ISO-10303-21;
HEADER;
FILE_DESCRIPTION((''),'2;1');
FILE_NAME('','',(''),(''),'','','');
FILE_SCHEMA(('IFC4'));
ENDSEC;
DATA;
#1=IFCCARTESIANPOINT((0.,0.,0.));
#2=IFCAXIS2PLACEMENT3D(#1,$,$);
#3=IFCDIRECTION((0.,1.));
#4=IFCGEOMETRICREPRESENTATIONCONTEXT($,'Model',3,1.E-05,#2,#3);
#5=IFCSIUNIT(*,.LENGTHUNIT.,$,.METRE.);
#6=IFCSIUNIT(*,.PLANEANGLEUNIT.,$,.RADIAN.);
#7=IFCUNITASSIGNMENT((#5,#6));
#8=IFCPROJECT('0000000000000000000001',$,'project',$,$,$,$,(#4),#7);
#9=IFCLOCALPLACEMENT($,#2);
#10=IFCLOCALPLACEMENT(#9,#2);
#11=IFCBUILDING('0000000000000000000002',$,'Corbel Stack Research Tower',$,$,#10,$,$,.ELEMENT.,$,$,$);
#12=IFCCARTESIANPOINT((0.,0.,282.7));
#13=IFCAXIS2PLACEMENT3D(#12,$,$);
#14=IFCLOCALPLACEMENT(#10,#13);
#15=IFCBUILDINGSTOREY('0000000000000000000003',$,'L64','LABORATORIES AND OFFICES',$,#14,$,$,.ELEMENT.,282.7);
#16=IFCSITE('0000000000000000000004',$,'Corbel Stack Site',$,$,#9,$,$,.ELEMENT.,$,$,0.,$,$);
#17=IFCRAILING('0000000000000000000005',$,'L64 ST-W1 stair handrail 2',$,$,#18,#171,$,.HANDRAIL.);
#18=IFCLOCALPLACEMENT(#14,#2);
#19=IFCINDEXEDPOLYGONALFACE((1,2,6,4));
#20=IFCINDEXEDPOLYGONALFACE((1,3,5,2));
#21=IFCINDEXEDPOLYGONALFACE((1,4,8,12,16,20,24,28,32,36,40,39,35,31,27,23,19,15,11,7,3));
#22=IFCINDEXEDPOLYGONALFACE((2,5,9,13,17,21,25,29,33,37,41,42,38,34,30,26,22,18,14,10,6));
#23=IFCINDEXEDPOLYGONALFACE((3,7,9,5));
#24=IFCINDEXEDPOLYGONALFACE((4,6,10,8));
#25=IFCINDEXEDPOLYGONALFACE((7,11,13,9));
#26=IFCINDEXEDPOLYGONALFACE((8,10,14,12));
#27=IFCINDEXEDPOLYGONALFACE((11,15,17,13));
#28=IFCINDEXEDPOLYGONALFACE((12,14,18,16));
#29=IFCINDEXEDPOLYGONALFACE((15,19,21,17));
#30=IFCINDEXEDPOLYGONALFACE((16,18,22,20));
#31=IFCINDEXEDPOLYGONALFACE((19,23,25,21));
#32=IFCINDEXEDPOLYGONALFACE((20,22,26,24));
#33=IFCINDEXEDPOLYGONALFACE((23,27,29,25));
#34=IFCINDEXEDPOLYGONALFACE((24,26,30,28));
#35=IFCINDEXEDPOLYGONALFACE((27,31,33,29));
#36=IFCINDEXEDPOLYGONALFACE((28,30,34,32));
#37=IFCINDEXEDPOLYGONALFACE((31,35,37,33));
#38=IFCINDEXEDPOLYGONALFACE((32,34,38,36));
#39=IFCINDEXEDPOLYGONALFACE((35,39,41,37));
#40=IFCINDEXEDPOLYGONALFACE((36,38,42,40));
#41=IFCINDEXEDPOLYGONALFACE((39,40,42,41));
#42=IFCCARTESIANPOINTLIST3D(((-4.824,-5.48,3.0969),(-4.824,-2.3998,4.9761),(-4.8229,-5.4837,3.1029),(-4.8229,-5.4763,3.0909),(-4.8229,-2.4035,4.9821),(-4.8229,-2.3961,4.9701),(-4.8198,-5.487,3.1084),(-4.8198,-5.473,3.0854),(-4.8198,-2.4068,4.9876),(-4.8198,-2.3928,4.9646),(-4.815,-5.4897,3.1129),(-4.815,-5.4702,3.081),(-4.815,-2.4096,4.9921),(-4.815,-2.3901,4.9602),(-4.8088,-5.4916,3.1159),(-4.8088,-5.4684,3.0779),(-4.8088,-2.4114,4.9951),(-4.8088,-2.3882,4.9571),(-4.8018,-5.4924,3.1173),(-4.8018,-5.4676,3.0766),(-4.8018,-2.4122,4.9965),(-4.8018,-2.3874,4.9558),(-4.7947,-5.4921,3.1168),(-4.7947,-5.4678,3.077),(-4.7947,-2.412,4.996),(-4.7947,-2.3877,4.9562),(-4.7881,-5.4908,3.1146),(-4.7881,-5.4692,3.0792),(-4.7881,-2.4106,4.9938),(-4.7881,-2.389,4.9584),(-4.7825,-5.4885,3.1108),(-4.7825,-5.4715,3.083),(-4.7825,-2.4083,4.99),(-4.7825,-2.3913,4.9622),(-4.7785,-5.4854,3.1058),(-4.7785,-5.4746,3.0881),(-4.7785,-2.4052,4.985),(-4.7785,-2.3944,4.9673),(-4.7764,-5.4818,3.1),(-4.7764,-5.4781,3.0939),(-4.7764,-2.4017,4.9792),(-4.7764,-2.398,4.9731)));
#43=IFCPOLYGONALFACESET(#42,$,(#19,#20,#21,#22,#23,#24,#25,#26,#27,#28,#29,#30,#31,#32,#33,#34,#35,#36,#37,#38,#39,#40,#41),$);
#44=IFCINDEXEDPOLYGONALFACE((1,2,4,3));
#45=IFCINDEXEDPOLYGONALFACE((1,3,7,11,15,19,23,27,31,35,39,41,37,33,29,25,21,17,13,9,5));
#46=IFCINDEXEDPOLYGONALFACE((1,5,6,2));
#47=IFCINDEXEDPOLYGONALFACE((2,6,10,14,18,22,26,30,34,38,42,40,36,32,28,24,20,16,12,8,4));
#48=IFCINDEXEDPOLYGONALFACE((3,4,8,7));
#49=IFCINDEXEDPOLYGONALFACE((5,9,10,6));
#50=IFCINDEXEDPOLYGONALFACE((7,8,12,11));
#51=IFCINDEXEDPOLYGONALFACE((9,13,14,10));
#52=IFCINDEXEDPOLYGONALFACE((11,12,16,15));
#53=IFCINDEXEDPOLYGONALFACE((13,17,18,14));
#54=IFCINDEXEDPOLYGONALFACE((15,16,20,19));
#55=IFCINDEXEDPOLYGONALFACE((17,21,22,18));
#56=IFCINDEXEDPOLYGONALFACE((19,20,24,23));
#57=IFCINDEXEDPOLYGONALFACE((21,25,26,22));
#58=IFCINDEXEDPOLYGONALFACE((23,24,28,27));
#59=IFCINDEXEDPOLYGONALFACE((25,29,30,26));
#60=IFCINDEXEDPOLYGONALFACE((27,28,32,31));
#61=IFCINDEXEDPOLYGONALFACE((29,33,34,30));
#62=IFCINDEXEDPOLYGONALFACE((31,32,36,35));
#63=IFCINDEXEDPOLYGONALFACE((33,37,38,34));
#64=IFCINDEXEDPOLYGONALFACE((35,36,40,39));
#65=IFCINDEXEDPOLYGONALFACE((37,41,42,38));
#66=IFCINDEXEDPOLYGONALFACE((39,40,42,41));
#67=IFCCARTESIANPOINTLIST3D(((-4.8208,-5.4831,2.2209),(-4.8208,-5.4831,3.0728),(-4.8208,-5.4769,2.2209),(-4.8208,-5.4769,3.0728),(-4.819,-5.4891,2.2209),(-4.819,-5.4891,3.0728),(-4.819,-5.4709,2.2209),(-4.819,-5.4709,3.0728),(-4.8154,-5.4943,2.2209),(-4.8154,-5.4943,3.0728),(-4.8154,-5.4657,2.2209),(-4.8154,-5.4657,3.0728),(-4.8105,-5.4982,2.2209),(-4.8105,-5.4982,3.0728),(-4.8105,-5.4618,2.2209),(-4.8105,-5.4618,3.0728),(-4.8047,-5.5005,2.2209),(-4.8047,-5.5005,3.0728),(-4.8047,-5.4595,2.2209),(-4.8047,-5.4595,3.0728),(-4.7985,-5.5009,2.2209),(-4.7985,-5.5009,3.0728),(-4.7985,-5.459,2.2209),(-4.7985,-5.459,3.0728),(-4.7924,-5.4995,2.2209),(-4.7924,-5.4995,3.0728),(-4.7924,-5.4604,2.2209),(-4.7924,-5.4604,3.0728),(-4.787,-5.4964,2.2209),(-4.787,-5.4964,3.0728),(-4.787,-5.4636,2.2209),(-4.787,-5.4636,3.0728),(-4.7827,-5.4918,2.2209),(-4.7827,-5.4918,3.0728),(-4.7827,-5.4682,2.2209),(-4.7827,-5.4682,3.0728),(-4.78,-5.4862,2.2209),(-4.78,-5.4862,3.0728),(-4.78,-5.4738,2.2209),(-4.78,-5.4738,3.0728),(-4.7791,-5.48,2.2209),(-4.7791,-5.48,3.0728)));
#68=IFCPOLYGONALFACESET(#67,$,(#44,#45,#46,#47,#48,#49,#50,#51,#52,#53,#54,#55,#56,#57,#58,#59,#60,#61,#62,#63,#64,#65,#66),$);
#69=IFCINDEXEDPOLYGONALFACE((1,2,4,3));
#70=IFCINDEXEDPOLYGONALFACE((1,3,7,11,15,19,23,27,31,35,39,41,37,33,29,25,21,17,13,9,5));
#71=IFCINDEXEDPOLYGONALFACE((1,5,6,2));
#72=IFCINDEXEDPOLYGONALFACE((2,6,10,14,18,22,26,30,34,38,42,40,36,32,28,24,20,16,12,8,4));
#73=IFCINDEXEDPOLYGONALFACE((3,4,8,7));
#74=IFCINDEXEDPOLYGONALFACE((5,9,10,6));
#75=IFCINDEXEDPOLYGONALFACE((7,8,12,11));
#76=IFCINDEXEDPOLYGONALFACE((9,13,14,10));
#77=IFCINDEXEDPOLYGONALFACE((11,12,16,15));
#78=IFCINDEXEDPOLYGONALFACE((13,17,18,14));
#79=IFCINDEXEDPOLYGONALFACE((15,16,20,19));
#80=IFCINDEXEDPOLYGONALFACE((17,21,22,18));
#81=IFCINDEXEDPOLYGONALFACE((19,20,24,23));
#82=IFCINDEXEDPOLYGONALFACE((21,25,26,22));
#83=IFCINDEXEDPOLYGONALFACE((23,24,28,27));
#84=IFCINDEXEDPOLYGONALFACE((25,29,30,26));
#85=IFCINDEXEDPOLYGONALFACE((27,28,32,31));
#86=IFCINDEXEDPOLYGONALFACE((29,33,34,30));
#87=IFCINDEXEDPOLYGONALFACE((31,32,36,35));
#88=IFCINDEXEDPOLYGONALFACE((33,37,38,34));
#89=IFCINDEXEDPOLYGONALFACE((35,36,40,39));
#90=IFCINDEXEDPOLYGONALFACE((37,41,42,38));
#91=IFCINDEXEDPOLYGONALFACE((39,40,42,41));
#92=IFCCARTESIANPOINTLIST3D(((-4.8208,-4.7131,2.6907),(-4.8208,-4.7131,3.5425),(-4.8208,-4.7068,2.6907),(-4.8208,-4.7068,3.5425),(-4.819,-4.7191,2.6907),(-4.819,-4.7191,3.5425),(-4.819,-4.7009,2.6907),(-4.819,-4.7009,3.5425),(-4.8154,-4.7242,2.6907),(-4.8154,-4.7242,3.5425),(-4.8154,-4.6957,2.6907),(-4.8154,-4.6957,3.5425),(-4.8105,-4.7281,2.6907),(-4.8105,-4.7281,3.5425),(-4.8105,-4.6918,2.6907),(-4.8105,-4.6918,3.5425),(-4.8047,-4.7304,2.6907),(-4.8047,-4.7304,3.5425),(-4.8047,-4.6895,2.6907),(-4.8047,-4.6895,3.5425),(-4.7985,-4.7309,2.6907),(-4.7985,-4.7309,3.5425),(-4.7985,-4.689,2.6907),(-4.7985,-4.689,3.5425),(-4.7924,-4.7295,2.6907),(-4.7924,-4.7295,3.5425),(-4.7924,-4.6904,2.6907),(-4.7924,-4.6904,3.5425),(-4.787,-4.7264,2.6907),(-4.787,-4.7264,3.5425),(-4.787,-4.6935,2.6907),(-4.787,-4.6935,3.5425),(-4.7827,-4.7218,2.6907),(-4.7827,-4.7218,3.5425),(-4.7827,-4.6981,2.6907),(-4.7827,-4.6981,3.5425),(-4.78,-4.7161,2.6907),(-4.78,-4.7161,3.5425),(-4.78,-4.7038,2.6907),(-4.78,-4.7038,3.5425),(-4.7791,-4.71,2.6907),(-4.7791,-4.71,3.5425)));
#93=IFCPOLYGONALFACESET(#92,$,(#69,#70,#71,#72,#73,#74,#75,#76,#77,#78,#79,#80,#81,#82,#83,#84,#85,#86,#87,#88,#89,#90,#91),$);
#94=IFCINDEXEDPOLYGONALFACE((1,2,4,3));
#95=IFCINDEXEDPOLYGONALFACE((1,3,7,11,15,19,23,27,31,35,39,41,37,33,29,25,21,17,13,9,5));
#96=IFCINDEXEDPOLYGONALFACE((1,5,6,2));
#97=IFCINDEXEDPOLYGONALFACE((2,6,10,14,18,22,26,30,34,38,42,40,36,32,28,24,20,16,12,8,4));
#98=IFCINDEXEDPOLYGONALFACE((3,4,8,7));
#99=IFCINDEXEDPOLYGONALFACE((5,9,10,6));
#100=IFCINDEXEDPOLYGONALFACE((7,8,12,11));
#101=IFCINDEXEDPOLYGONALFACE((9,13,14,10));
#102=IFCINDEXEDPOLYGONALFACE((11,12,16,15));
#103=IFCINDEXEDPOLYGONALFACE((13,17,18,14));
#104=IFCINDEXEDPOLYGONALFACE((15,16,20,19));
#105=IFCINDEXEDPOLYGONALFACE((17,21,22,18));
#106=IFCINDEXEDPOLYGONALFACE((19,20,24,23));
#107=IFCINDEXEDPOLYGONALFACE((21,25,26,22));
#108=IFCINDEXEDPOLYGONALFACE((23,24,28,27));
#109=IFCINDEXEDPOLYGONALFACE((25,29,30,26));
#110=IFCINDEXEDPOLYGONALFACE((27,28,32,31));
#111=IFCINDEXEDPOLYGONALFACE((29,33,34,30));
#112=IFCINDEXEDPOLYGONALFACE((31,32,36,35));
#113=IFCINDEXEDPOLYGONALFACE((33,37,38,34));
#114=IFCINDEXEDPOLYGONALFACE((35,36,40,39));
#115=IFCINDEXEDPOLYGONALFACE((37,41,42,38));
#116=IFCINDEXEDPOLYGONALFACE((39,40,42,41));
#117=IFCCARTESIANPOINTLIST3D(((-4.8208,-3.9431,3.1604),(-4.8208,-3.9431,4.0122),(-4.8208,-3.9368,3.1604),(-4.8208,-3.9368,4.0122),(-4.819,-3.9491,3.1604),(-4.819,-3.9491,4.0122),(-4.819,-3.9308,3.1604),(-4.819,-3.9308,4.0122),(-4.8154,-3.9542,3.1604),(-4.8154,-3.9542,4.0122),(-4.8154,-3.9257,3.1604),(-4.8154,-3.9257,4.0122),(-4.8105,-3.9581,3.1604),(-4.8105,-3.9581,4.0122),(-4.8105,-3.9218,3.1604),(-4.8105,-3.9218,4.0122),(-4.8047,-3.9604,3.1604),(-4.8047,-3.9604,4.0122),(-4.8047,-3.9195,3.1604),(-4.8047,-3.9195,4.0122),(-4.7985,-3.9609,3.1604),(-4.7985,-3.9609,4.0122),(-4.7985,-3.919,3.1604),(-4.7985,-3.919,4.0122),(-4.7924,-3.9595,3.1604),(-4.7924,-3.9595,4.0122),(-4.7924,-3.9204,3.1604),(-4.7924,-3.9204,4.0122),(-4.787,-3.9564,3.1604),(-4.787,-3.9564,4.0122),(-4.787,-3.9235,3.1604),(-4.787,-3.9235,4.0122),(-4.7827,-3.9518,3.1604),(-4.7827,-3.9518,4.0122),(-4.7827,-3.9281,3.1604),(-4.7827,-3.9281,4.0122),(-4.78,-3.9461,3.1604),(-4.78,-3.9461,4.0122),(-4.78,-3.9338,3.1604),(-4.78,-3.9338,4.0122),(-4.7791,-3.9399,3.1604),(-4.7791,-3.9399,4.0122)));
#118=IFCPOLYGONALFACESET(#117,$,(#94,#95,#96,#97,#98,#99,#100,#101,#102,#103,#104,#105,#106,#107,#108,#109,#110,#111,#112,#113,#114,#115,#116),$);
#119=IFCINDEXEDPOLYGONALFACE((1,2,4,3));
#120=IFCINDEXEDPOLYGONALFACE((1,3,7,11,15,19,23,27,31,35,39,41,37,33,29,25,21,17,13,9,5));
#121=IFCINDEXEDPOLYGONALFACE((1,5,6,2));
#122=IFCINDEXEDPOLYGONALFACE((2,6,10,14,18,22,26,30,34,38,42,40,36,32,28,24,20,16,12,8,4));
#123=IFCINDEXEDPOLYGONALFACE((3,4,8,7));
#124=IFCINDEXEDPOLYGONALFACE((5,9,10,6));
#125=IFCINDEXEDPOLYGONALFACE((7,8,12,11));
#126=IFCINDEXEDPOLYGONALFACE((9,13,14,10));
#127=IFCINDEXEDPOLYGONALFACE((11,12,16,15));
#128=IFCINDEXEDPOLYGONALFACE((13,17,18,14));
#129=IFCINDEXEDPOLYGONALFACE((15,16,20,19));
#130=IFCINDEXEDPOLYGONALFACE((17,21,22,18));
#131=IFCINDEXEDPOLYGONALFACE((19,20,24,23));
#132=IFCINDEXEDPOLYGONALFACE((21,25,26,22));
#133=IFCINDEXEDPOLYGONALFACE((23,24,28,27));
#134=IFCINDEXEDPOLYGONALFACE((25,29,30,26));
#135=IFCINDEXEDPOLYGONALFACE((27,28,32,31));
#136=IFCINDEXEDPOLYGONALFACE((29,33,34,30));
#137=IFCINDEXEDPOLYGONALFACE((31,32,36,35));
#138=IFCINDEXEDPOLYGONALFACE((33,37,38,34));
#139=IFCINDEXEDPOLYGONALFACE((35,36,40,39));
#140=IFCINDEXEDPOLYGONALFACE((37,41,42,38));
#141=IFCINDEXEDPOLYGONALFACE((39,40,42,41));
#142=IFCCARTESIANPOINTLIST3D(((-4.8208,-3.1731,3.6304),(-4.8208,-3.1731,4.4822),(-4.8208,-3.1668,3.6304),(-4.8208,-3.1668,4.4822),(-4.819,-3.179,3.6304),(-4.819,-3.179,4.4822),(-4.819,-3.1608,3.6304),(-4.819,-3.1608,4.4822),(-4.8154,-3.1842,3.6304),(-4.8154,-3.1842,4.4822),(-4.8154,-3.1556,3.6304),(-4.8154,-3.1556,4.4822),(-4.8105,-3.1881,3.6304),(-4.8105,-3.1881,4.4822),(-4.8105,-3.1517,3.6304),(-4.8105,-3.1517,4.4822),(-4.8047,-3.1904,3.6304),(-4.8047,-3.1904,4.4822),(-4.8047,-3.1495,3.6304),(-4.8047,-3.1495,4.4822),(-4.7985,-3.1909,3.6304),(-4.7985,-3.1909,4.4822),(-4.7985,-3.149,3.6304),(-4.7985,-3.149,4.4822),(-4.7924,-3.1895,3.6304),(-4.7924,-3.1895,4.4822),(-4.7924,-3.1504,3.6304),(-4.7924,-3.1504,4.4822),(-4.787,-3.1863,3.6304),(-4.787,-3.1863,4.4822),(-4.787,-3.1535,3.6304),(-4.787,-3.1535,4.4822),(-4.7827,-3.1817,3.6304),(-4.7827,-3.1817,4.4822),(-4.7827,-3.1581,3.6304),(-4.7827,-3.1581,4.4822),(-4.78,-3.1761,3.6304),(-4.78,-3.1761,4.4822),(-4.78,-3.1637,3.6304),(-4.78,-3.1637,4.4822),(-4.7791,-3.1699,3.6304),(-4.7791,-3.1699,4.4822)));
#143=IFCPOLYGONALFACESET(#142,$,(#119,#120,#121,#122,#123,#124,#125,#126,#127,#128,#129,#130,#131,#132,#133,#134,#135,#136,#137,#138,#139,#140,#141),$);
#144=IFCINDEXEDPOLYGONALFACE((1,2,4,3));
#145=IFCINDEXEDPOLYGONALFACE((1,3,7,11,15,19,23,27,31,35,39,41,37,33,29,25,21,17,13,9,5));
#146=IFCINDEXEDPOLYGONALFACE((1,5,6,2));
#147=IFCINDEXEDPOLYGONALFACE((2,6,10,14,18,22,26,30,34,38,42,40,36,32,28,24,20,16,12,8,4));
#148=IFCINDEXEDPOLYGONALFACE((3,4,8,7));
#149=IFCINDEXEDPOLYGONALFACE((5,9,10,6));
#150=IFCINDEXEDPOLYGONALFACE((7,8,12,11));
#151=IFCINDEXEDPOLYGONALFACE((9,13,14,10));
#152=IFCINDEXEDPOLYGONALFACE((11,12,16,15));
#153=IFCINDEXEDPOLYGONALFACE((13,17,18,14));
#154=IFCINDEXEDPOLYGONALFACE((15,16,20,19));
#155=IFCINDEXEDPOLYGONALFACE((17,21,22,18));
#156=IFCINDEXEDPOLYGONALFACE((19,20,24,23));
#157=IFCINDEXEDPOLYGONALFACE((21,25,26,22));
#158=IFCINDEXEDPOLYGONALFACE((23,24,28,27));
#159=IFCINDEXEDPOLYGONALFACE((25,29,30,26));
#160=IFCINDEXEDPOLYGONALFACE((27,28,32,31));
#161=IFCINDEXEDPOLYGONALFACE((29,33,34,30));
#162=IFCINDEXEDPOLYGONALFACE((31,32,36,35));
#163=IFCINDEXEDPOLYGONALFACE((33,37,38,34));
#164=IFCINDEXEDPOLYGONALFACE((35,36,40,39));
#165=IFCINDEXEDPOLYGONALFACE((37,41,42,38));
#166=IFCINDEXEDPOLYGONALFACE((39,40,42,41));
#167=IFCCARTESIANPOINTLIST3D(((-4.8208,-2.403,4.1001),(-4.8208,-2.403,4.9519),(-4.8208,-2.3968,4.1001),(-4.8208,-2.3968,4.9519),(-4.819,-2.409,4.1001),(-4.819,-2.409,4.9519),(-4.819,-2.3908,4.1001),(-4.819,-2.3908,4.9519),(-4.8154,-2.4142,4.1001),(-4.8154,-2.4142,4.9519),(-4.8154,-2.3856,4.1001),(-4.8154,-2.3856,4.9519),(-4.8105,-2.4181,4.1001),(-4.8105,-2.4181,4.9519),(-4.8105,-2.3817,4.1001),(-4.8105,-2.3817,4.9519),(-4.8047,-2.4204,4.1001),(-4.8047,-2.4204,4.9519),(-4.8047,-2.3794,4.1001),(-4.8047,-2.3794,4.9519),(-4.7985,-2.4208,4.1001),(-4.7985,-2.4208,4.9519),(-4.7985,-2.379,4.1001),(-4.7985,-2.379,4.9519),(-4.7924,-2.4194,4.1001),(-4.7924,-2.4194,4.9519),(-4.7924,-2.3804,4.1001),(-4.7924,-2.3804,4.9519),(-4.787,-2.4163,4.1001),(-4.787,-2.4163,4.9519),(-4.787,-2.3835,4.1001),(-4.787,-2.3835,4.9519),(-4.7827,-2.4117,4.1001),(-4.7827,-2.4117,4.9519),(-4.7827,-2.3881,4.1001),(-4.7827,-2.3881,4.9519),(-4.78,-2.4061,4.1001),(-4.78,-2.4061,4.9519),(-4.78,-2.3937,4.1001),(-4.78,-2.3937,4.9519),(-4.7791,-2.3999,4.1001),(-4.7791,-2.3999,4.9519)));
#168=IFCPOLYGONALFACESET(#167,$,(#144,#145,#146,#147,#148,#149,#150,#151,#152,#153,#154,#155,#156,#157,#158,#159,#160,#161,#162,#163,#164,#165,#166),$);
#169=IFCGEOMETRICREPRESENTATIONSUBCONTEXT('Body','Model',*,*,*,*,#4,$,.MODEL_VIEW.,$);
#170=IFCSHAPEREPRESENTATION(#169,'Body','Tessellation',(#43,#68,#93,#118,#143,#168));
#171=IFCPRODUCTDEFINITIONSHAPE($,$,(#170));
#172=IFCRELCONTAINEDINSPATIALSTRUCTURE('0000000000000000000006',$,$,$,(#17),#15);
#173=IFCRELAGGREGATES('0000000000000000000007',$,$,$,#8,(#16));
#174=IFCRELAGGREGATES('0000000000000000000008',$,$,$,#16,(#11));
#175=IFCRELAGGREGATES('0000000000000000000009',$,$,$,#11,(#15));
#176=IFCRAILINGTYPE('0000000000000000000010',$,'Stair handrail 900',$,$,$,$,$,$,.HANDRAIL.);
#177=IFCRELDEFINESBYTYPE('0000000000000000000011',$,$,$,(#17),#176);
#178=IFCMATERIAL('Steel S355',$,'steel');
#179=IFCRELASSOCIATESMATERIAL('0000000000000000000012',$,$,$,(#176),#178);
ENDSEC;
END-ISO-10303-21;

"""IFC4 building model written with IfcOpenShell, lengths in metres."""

from ifc_helpers import new_model, si_unit, direction, frame, origin, origin_2d, place, context, subcontext, project, spatial, circle, extrude, material, type_object, element, save


model = new_model("IFC4")

# Units and contexts
model_context = context("Model", 3, precision=1e-05, world=origin(), true_north=direction((0.0, 1.0)))
body_context = subcontext(model_context, "Body", "Model", "MODEL_VIEW")
ifc_project = project(units=[si_unit("LENGTHUNIT", "METRE"), si_unit("PLANEANGLEUNIT", "RADIAN")], contexts=[model_context])

# Site, building, storey
site_placement = place(None, origin())
site = spatial("IfcSite", under=ifc_project, at=site_placement, Name="Corbel Stack Site", CompositionType="ELEMENT", RefElevation=0.0)
building_placement = place(site_placement, origin())
building = spatial("IfcBuilding", under=site, at=building_placement, Name="Corbel Stack Research Tower", CompositionType="ELEMENT")
storey_placement = place(building_placement, frame((0.0, 0.0, 282.7)))
storey = spatial("IfcBuildingStorey", under=building, at=storey_placement, Name="L64", Description="LABORATORIES AND OFFICES", CompositionType="ELEMENT", Elevation=282.7)

# Railing
ifc_material_1 = material(Name="Steel S355", Category="steel")
railing_type_1 = type_object("IfcRailingType", Name="Stair handrail 900", PredefinedType="HANDRAIL", material=ifc_material_1)
railing_1_placement = place(storey_placement, frame((-4.8, -5.48, 2.2209)))
element("IfcRailing", 1, at=railing_1_placement, inside=storey, type_object=railing_type_1, Name="L64 ST-W1 stair handrail 2", PredefinedType="HANDRAIL", context=body_context, shape_type="SweptSolid", body=[
    extrude(circle(Radius=0.0239, at=origin_2d()), frame((0.0, 0.0, 0.876), z_axis=(0.0, 0.853666, 0.52082), x_axis=(-1.0, 0.0, 0.0)), (0.0, 0.0, 1.0), 3.6082),
    extrude(circle(Radius=0.021, at=origin_2d()), origin(), (0.0, 0.0, 1.0), 0.8518),
    extrude(circle(Radius=0.021, at=origin_2d()), frame((0.0, 0.77, 0.4697)), (0.0, 0.0, 1.0), 0.8518),
    extrude(circle(Radius=0.021, at=origin_2d()), frame((0.0, 1.54, 0.9395)), (0.0, 0.0, 1.0), 0.8518),
    extrude(circle(Radius=0.021, at=origin_2d()), frame((0.0, 2.3101, 1.4094)), (0.0, 0.0, 1.0), 0.8518),
    extrude(circle(Radius=0.021, at=origin_2d()), frame((0.0, 3.0801, 1.8792)), (0.0, 0.0, 1.0), 0.8518),
])

save(model, "model.ifc")
